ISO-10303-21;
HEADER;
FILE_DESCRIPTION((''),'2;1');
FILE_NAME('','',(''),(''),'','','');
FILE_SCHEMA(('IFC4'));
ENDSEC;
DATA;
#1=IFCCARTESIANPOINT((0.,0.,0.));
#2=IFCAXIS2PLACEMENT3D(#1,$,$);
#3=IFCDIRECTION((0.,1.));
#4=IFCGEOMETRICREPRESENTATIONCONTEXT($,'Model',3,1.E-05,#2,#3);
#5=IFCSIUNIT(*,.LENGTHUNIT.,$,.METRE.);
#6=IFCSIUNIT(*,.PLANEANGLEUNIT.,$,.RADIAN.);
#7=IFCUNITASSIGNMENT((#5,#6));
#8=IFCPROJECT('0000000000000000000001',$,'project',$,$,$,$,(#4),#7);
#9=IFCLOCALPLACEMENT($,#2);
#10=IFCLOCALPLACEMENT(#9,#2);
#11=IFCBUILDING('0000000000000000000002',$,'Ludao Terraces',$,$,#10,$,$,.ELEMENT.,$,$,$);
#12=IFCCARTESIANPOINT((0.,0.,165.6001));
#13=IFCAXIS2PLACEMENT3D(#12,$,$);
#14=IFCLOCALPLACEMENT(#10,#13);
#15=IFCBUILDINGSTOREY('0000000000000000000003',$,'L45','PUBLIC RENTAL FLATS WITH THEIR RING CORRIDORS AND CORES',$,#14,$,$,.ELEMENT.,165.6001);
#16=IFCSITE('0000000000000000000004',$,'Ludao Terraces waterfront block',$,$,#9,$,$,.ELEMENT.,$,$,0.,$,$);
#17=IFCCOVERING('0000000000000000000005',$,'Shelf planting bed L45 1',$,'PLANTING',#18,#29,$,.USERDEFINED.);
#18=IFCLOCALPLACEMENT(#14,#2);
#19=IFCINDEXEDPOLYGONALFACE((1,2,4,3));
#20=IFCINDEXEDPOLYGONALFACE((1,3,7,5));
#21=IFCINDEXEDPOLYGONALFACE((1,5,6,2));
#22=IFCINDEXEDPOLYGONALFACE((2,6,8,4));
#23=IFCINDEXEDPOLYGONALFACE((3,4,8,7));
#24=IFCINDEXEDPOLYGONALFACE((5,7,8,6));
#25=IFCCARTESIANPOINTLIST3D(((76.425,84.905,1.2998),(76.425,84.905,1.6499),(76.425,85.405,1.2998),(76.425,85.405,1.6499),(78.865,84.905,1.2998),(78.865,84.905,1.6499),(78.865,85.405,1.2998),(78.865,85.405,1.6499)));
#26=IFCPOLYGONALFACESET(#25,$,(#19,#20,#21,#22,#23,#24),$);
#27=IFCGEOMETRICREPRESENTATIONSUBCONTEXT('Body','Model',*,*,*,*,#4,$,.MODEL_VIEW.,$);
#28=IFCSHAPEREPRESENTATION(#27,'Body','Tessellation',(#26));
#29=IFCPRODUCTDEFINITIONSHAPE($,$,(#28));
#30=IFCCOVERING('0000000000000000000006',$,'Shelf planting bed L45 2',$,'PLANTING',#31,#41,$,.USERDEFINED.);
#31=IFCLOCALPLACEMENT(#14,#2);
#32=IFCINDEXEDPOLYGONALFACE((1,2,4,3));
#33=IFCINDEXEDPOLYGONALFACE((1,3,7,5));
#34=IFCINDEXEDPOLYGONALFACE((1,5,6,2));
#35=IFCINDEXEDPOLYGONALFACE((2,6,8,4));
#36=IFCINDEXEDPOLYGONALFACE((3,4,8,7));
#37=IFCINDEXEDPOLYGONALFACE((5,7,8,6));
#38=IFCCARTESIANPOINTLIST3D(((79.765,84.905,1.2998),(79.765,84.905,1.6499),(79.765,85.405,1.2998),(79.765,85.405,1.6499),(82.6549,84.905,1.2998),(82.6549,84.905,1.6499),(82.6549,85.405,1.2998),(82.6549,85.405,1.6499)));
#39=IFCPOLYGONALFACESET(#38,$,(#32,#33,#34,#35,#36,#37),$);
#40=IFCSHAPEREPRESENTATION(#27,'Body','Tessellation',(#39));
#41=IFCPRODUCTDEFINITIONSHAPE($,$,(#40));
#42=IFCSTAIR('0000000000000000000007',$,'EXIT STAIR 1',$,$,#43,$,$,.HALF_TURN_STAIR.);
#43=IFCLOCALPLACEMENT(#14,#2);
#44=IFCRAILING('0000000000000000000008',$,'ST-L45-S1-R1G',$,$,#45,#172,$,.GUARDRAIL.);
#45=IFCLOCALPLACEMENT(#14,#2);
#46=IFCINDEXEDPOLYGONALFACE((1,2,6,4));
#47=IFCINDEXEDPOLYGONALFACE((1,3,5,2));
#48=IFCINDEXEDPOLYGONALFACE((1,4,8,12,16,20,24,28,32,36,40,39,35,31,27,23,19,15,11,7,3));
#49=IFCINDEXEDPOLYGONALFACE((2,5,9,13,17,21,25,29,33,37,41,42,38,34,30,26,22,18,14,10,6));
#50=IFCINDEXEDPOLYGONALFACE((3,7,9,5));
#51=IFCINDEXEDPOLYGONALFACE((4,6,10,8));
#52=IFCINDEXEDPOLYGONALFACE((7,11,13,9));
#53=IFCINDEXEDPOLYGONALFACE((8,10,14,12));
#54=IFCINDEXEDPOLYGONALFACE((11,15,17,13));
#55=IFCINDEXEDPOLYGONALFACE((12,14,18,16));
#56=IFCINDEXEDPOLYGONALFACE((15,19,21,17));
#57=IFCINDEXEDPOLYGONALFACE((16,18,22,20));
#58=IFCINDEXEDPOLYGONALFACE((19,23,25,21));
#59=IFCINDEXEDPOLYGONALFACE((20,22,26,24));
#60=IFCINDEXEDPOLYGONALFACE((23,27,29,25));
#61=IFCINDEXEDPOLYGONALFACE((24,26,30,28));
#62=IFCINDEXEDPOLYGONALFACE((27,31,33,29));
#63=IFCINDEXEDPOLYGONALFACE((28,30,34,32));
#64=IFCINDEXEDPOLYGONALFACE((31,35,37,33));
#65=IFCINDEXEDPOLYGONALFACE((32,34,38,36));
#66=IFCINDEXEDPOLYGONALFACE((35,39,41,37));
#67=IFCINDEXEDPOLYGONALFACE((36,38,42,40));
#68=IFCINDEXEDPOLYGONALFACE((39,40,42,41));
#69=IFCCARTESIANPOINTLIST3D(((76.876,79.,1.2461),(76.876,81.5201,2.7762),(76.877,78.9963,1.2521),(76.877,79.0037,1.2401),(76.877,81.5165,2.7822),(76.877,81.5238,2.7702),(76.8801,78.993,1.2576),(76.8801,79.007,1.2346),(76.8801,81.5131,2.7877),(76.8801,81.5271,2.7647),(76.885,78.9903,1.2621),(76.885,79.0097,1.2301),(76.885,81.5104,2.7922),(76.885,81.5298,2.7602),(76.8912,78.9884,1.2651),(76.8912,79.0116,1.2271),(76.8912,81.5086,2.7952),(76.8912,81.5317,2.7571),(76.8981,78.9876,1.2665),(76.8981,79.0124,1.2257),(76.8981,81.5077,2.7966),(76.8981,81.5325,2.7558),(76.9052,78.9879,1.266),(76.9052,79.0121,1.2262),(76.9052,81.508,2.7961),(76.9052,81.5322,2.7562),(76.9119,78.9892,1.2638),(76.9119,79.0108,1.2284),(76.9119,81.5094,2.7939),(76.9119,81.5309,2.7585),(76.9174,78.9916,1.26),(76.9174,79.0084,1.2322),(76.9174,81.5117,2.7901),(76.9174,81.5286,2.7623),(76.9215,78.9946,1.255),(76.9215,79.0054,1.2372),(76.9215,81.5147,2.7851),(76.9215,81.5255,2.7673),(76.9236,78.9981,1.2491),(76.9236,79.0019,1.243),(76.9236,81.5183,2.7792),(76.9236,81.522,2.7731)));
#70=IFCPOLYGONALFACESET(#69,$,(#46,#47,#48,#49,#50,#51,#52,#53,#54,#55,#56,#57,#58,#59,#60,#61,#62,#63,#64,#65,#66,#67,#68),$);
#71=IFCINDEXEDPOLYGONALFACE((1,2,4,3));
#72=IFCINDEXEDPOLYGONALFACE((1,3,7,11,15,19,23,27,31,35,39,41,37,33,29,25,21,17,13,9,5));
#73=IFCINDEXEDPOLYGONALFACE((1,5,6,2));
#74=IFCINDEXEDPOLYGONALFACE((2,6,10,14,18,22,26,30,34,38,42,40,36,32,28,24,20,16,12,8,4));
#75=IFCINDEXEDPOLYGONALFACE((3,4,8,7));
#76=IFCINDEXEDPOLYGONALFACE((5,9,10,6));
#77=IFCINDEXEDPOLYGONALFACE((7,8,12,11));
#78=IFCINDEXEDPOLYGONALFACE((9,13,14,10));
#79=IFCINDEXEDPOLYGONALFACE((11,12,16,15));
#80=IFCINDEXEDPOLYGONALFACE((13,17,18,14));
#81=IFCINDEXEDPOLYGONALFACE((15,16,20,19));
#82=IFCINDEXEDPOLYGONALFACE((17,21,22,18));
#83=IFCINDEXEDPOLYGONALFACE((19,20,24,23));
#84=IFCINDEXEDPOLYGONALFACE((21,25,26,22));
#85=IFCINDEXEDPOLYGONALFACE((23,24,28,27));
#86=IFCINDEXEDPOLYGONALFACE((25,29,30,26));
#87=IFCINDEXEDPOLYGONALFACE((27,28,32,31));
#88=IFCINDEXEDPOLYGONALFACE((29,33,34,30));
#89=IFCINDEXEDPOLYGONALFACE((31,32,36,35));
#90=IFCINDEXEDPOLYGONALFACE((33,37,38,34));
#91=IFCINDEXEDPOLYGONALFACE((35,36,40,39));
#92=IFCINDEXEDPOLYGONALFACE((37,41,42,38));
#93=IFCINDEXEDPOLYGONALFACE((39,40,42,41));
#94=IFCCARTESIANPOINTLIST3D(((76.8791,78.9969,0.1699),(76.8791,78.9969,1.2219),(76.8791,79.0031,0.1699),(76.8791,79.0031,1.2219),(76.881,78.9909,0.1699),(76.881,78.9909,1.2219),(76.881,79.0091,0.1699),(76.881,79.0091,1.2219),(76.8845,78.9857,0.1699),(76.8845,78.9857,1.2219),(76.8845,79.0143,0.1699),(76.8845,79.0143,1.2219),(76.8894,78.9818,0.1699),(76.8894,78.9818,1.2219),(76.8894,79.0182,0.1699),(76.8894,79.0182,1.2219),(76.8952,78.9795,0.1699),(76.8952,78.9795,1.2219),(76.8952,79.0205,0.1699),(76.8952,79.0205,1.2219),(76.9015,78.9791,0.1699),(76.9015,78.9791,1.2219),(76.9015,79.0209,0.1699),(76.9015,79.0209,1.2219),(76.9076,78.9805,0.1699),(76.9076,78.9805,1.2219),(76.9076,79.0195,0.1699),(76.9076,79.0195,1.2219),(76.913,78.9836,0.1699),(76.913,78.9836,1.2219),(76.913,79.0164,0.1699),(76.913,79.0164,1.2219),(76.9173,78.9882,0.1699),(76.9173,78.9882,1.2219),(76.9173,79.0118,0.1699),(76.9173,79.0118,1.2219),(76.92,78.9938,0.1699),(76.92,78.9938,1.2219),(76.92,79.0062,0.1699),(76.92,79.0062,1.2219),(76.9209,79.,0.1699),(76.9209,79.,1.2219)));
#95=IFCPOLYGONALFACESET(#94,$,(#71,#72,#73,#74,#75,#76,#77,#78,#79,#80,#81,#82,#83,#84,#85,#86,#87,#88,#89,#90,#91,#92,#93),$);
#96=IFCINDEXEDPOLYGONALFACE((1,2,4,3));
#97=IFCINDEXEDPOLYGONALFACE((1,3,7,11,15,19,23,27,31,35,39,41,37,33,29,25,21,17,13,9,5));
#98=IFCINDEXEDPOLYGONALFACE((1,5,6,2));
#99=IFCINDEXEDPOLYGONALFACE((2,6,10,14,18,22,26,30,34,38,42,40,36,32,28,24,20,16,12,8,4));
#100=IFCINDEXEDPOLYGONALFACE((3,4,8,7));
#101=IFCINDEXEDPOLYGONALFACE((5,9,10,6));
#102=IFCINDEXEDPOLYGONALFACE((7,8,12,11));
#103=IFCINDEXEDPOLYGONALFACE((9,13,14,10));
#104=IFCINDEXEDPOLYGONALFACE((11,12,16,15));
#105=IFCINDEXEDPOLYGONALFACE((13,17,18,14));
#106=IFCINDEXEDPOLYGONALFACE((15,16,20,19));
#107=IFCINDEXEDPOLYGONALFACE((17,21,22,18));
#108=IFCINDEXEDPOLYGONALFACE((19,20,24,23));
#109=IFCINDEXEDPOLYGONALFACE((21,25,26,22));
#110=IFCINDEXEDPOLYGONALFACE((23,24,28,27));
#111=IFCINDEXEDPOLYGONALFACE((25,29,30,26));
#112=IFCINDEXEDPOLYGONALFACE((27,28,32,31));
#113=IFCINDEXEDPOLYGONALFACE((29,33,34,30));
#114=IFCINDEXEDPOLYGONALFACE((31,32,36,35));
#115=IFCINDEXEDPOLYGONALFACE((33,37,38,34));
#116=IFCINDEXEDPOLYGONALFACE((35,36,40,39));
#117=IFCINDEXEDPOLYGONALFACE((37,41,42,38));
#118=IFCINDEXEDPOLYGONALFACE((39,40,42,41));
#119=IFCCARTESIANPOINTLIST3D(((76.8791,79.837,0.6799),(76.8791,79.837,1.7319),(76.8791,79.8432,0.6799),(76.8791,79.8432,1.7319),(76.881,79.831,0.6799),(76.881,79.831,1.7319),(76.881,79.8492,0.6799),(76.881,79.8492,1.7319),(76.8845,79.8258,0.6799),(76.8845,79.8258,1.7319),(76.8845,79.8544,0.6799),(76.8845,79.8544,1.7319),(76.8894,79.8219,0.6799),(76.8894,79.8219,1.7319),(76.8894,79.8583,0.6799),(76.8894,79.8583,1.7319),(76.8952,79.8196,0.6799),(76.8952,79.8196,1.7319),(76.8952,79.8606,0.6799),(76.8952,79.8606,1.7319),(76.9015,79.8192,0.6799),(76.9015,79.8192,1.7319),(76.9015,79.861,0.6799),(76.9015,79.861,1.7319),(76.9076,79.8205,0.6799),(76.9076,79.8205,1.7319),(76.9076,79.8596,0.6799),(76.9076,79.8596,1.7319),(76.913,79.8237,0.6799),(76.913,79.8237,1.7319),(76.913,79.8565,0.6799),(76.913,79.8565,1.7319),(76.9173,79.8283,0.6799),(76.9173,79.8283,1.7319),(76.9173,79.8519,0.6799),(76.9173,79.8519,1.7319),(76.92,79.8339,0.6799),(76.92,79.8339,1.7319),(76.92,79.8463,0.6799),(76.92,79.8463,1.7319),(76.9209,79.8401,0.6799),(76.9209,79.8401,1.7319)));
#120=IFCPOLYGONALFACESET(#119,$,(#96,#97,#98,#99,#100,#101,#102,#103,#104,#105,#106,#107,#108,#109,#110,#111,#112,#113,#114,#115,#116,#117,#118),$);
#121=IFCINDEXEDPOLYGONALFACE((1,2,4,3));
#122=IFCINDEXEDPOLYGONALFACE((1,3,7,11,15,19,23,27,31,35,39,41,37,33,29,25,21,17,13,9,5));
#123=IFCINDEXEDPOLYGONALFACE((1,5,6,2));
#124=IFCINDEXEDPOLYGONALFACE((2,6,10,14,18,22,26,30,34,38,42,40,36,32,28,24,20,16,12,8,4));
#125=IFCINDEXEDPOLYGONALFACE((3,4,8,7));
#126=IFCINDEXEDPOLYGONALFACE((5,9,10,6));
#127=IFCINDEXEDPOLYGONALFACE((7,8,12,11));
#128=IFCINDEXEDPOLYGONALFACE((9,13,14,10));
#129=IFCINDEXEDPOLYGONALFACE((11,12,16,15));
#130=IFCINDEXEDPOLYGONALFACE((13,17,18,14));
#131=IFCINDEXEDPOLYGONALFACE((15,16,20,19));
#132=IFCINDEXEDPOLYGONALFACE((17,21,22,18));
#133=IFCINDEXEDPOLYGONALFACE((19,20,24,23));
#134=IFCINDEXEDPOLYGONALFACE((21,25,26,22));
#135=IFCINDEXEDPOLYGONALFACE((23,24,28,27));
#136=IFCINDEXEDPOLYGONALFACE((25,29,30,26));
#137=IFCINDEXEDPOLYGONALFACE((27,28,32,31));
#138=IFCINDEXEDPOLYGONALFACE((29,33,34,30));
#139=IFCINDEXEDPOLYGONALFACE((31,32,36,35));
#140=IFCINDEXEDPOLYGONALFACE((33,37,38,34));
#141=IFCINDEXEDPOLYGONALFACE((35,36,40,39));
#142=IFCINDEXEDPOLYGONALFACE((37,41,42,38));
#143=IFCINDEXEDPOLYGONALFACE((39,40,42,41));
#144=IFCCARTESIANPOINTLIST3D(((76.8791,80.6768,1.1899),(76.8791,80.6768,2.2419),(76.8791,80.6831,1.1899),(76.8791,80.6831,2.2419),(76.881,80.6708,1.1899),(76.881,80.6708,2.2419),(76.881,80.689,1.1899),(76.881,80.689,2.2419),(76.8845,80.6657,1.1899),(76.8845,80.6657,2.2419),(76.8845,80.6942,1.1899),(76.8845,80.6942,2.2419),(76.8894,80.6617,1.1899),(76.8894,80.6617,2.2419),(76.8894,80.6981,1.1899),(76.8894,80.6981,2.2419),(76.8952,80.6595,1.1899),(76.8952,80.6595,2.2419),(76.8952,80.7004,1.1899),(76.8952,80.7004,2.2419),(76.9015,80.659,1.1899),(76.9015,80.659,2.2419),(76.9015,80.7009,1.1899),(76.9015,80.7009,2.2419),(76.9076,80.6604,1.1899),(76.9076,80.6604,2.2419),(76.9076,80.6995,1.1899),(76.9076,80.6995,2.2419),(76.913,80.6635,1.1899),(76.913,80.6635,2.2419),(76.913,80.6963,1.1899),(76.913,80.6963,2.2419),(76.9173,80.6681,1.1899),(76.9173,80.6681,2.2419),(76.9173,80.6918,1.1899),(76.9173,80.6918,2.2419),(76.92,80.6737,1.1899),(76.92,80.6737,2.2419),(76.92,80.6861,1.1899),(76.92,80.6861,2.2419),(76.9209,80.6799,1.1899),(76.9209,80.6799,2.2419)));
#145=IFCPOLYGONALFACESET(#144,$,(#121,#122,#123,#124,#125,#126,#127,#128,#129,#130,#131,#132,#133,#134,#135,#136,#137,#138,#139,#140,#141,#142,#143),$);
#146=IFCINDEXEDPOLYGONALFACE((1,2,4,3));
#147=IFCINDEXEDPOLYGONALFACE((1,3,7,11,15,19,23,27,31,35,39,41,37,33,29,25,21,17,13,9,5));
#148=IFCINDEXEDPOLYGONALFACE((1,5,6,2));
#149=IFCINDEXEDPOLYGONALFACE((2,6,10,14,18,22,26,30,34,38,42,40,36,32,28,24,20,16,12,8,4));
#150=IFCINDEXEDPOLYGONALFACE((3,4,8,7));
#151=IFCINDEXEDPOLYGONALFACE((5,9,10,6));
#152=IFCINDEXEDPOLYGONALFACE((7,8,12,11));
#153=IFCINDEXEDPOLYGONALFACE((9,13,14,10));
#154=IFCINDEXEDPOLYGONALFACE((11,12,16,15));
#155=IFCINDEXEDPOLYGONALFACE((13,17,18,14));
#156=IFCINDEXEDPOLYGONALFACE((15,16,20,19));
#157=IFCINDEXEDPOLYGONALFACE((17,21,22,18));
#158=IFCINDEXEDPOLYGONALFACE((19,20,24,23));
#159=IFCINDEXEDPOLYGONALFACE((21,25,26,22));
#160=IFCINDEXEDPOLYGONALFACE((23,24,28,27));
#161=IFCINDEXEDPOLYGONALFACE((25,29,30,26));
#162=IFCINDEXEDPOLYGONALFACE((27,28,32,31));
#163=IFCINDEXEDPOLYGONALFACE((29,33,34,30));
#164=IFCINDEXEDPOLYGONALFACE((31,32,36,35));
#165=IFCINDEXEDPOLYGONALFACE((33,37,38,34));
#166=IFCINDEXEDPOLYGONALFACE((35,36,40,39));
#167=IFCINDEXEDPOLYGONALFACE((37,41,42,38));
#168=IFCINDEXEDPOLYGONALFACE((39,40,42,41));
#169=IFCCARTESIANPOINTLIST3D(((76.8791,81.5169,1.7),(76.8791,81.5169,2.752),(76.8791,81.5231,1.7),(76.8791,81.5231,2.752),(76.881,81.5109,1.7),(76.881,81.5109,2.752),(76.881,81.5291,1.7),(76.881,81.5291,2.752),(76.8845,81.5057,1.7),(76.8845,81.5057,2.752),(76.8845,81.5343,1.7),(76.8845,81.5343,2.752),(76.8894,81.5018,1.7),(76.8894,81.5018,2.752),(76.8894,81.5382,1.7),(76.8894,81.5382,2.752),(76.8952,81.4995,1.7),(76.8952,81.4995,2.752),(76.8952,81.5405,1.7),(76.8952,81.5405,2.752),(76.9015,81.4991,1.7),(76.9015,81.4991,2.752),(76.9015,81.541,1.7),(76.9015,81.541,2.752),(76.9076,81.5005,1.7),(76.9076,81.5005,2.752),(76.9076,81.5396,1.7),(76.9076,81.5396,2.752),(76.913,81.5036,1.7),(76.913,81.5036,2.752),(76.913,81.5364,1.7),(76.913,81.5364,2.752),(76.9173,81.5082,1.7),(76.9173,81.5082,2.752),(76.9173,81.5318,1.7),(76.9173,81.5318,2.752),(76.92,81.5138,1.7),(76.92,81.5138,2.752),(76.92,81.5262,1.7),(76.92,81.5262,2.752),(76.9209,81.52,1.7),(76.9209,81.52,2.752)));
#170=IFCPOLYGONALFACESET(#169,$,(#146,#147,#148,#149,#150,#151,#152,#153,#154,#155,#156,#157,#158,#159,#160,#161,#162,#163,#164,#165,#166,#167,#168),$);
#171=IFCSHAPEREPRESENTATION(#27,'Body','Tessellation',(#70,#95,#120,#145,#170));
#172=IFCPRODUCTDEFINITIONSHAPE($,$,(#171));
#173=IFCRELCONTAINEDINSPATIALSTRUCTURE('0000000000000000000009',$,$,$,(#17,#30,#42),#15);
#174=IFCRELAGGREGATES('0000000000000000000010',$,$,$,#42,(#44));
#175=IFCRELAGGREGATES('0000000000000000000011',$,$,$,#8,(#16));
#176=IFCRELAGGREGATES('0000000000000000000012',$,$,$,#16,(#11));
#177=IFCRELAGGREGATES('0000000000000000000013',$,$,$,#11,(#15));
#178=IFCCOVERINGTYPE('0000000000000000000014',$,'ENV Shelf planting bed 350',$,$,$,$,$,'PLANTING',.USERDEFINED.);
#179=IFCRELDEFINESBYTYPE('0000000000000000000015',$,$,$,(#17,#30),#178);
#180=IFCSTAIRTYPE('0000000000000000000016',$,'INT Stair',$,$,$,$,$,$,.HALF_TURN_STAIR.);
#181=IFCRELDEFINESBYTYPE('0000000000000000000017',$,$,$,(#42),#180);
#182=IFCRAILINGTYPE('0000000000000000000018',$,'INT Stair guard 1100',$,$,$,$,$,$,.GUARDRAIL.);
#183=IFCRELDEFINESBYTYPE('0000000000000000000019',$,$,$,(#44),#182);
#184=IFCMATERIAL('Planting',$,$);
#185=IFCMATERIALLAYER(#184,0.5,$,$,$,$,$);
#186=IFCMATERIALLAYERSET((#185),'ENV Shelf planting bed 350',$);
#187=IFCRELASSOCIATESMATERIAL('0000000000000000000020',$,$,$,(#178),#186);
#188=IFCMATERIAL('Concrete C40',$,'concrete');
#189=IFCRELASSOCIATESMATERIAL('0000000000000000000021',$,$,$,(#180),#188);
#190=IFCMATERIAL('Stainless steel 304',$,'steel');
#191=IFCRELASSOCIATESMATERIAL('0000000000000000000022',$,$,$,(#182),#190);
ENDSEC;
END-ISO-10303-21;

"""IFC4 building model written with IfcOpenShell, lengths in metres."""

from ifc_helpers import new_model, si_unit, direction, frame, origin, origin_2d, place, context, subcontext, project, spatial, rectangle, circle, extrude, material, layer, layer_set, type_object, element, aggregate, save


model = new_model("IFC4")

# Units and contexts
model_context = context("Model", 3, precision=1e-05, world=origin(), true_north=direction((0.0, 1.0)))
body_context = subcontext(model_context, "Body", "Model", "MODEL_VIEW")
ifc_project = project(units=[si_unit("LENGTHUNIT", "METRE"), si_unit("PLANEANGLEUNIT", "RADIAN")], contexts=[model_context])

# Site, building, storey
site_placement = place(None, origin())
site = spatial("IfcSite", under=ifc_project, at=site_placement, Name="Ludao Terraces waterfront block", CompositionType="ELEMENT", RefElevation=0.0)
building_placement = place(site_placement, origin())
building = spatial("IfcBuilding", under=site, at=building_placement, Name="Ludao Terraces", CompositionType="ELEMENT")
storey_placement = place(building_placement, frame((0.0, 0.0, 165.6001)))
storey = spatial("IfcBuildingStorey", under=building, at=storey_placement, Name="L45", Description="PUBLIC RENTAL FLATS WITH THEIR RING CORRIDORS AND CORES", CompositionType="ELEMENT", Elevation=165.6001)

# Shared definitions
ifc_material_1 = material(Name="Stainless steel 304", Category="steel")

# Coverings
ifc_material_2 = material(Name="Planting")
ifc_layer_1 = layer(ifc_material_2, 0.5)
ifc_layer_set_1 = layer_set([ifc_layer_1], Name="ENV Shelf planting bed 350")
covering_type_1 = type_object("IfcCoveringType", Name="ENV Shelf planting bed 350", ElementType="PLANTING", PredefinedType="USERDEFINED", material=ifc_layer_set_1)
covering_1_placement = place(storey_placement, frame((77.645, 85.155, 1.2998), z_axis=(0.0, 0.0, 1.0), x_axis=(1.0, 0.0, 0.0)))
element("IfcCovering", 1, at=covering_1_placement, inside=storey, type_object=covering_type_1, Name="Shelf planting bed L45 1", ObjectType="PLANTING", PredefinedType="USERDEFINED", context=body_context, shape_type="SweptSolid", body=[
    extrude(rectangle(XDim=2.4399, YDim=0.5, at=origin_2d()), origin(), (0.0, 0.0, 1.0), 0.3501),
])
covering_2_placement = place(storey_placement, frame((81.21, 85.155, 1.2998), z_axis=(0.0, 0.0, 1.0), x_axis=(1.0, 0.0, 0.0)))
element("IfcCovering", 2, at=covering_2_placement, inside=storey, type_object=covering_type_1, Name="Shelf planting bed L45 2", ObjectType="PLANTING", PredefinedType="USERDEFINED", context=body_context, shape_type="SweptSolid", body=[
    extrude(rectangle(XDim=2.8899, YDim=0.5, at=origin_2d()), origin(), (0.0, 0.0, 1.0), 0.3501),
])

# Stair, railing
ifc_material_3 = material(Name="Concrete C40", Category="concrete")
stair_type = type_object("IfcStairType", Name="INT Stair", PredefinedType="HALF_TURN_STAIR", material=ifc_material_3)
stair_placement = place(storey_placement, origin())
stair = element("IfcStair", 3, at=stair_placement, inside=storey, type_object=stair_type, Name="EXIT STAIR 1", PredefinedType="HALF_TURN_STAIR")
railing_type_1 = type_object("IfcRailingType", Name="INT Stair guard 1100", PredefinedType="GUARDRAIL", material=ifc_material_1)
railing_1_placement = place(storey_placement, frame((76.8999, 79.0, 0.1699)))
railing_1 = element("IfcRailing", 4, at=railing_1_placement, type_object=railing_type_1, Name="ST-L45-S1-R1G", PredefinedType="GUARDRAIL", context=body_context, shape_type="SweptSolid", body=[
    extrude(circle(Radius=0.0239, at=origin_2d()), frame((0.0, 0.0, 1.0762), z_axis=(0.0, 0.854785, 0.518982), x_axis=(-1.0, 0.0, 0.0)), (0.0, 0.0, 1.0), 2.9482),
    extrude(circle(Radius=0.021, at=origin_2d()), origin(), (0.0, 0.0, 1.0), 1.052),
    extrude(circle(Radius=0.021, at=origin_2d()), frame((0.0, 0.8401, 0.51)), (0.0, 0.0, 1.0), 1.052),
    extrude(circle(Radius=0.021, at=origin_2d()), frame((0.0, 1.6799, 1.02)), (0.0, 0.0, 1.0), 1.052),
    extrude(circle(Radius=0.021, at=origin_2d()), frame((0.0, 2.52, 1.53)), (0.0, 0.0, 1.0), 1.052),
])
aggregate(stair, [railing_1])

save(model, "model.ifc")
